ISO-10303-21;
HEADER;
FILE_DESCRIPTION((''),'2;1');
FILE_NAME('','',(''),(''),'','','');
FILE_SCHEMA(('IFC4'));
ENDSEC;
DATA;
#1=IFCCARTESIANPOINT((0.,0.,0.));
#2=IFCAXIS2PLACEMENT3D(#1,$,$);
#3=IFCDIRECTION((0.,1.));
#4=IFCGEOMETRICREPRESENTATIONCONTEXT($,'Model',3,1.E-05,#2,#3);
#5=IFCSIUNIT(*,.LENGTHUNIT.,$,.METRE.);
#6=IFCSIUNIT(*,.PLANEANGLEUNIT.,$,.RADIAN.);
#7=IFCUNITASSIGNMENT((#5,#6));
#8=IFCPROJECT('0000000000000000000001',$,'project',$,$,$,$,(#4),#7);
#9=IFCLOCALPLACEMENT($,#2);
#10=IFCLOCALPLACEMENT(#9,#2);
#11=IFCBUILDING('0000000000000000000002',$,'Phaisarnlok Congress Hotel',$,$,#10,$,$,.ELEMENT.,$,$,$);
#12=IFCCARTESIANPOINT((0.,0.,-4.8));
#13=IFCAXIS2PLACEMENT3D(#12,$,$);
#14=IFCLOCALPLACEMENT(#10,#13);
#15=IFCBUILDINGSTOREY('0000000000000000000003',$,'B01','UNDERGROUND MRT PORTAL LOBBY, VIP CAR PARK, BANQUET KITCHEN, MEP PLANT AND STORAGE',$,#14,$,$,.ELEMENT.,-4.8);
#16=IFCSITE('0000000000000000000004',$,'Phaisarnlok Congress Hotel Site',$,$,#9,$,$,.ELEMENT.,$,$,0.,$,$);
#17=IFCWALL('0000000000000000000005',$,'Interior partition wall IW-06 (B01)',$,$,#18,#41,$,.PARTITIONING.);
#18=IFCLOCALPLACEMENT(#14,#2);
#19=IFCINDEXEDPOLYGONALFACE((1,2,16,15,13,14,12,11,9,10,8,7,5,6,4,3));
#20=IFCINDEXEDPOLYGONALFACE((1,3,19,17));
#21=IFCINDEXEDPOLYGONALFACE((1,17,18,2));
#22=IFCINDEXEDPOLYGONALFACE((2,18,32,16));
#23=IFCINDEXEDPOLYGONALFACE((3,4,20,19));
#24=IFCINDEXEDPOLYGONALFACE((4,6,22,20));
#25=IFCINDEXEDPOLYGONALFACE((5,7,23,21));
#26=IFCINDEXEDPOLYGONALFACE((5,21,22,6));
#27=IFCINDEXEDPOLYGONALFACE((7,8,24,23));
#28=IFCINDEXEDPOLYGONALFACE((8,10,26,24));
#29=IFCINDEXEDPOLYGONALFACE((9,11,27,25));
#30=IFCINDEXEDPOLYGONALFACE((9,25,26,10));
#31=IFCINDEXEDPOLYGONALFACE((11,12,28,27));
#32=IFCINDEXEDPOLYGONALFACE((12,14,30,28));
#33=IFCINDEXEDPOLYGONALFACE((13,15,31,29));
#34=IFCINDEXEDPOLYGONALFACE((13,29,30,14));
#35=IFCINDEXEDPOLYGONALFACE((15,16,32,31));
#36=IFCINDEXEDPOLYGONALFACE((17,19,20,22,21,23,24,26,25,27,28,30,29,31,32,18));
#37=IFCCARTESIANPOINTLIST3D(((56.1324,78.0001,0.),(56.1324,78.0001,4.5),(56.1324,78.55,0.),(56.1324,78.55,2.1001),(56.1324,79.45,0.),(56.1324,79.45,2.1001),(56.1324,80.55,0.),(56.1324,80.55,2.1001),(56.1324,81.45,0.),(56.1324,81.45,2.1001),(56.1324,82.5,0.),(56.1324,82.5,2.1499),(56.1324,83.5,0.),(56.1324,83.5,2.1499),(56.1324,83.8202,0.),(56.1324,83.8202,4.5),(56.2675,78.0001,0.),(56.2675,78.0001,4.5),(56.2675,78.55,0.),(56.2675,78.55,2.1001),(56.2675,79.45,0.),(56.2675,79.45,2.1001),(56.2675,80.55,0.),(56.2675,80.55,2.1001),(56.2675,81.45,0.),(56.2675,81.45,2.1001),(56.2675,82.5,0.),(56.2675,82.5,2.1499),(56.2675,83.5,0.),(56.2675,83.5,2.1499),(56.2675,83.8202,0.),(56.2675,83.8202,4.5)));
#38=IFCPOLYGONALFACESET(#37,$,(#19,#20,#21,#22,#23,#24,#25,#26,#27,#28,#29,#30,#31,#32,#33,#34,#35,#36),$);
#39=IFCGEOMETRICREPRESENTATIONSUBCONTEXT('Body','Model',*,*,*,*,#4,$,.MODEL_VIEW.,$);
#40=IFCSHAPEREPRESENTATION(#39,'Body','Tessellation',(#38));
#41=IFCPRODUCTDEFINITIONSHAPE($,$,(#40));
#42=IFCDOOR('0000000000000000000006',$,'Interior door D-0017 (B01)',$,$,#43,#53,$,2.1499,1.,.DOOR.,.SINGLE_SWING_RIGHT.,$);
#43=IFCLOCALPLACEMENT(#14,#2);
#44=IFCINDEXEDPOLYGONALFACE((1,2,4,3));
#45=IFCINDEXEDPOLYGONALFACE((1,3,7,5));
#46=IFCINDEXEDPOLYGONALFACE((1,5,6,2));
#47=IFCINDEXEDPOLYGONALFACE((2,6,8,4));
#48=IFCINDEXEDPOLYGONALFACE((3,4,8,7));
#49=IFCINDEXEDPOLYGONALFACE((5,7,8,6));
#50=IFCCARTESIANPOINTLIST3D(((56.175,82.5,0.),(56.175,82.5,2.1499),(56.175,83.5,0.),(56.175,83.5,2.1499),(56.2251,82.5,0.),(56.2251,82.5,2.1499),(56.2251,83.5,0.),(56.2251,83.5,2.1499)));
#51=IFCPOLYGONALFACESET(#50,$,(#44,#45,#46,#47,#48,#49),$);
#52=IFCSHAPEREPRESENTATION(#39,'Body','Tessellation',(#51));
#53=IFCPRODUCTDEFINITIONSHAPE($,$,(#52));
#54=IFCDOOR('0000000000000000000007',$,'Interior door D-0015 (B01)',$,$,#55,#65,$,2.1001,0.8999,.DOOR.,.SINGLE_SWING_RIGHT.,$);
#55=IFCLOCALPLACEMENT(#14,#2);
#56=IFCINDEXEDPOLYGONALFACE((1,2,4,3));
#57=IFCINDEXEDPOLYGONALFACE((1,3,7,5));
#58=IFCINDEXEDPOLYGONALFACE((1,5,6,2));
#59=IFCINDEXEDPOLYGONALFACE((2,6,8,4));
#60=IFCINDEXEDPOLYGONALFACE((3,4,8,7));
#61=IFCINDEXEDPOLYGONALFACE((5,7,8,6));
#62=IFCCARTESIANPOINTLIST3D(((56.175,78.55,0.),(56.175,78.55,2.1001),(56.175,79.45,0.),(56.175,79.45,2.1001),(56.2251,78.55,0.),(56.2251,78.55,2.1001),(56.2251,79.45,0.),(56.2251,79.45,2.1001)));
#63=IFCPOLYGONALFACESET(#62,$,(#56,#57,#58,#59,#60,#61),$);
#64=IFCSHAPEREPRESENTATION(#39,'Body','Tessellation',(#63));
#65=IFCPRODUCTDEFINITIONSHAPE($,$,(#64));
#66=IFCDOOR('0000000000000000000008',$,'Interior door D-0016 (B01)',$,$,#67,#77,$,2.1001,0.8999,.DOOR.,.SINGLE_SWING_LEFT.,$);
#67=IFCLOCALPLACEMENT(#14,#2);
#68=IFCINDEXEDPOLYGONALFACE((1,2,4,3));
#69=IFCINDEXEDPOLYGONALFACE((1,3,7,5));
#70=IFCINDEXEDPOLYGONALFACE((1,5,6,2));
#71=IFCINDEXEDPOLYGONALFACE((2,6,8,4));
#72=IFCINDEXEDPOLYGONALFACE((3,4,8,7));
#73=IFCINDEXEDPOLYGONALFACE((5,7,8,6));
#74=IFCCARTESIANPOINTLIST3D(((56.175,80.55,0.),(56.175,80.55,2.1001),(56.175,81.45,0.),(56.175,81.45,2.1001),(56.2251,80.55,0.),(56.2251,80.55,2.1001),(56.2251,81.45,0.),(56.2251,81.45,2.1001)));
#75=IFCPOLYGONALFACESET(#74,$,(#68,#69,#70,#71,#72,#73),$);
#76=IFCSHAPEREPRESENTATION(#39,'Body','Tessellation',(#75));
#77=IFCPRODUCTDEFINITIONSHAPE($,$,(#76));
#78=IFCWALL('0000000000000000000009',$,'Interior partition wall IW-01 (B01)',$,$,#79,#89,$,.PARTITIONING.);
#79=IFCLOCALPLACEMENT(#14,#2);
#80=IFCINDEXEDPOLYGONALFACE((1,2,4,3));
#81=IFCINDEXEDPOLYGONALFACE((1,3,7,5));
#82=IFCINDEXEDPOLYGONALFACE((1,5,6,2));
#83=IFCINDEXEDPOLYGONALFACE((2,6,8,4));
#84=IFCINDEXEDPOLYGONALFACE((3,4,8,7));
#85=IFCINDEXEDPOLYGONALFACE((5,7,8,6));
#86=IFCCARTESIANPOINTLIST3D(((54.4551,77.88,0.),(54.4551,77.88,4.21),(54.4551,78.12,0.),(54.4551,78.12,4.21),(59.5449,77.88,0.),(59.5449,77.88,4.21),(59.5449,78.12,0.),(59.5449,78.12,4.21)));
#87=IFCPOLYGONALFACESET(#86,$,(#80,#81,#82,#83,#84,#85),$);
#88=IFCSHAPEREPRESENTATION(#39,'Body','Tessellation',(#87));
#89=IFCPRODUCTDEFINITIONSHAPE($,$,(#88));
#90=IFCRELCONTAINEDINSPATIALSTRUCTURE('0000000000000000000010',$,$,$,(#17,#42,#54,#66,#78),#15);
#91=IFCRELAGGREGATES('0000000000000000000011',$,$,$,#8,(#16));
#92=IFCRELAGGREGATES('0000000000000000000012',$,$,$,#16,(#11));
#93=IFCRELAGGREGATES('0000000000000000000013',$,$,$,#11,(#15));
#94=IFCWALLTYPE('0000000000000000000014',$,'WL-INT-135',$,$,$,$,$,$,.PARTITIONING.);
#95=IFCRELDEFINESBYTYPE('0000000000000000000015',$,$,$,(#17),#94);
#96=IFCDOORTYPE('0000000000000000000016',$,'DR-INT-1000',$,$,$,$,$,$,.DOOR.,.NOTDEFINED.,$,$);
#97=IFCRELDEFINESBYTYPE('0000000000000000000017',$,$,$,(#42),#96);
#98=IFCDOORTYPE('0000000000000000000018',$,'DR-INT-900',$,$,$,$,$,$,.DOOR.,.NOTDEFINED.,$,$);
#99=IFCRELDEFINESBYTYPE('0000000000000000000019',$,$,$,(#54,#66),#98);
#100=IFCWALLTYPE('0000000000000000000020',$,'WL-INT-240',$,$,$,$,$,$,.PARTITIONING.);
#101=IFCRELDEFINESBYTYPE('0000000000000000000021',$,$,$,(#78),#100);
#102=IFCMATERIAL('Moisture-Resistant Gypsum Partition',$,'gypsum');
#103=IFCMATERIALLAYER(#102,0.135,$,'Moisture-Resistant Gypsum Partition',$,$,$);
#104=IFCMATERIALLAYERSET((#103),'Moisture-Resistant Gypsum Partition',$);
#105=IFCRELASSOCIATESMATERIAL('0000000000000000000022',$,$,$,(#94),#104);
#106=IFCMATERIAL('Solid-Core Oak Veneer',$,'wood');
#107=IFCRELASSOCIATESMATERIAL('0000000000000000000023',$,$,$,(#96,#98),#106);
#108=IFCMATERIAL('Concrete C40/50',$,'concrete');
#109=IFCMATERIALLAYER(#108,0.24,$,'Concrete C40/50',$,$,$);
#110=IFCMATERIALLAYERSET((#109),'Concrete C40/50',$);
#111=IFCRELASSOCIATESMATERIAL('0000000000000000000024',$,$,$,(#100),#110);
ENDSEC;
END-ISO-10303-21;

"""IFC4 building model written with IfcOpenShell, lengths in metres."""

from ifc_helpers import new_model, si_unit, direction, frame, frame_2d, origin, place, context, subcontext, project, spatial, rectangle, extrude, material, layer, layer_set, type_object, element, fill, save


model = new_model("IFC4")

# Units and contexts
model_context = context("Model", 3, precision=1e-05, world=origin(), true_north=direction((0.0, 1.0)))
body_context = subcontext(model_context, "Body", "Model", "MODEL_VIEW")
ifc_project = project(units=[si_unit("LENGTHUNIT", "METRE"), si_unit("PLANEANGLEUNIT", "RADIAN")], contexts=[model_context])

# Site, building, storey
site_placement = place(None, origin())
site = spatial("IfcSite", under=ifc_project, at=site_placement, Name="Phaisarnlok Congress Hotel Site", CompositionType="ELEMENT", RefElevation=0.0)
building_placement = place(site_placement, origin())
building = spatial("IfcBuilding", under=site, at=building_placement, Name="Phaisarnlok Congress Hotel", CompositionType="ELEMENT")
storey_placement = place(building_placement, frame((0.0, 0.0, -4.8)))
storey = spatial("IfcBuildingStorey", under=building, at=storey_placement, Name="B01", Description="UNDERGROUND MRT PORTAL LOBBY, VIP CAR PARK, BANQUET KITCHEN, MEP PLANT AND STORAGE", CompositionType="ELEMENT", Elevation=-4.8)

# Shared definitions
ifc_material_1 = material(Name="Concrete C40/50", Category="concrete")

# Wall, openings, doors
ifc_material_2 = material(Name="Moisture-Resistant Gypsum Partition", Category="gypsum")
ifc_layer_1 = layer(ifc_material_2, 0.135, Name="Moisture-Resistant Gypsum Partition")
ifc_layer_set_1 = layer_set([ifc_layer_1], Name="Moisture-Resistant Gypsum Partition")
wall_type_1 = type_object("IfcWallType", Name="WL-INT-135", PredefinedType="PARTITIONING", material=ifc_layer_set_1)
wall_1_placement = place(storey_placement, frame((56.2, 78.0, 0.0), z_axis=(0.0, 0.0, 1.0), x_axis=(0.0, 1.0, 0.0)))
wall_1 = element("IfcWall", 1, at=wall_1_placement, inside=storey, type_object=wall_type_1, Name="Interior partition wall IW-06 (B01)", PredefinedType="PARTITIONING", context=body_context, shape_type="SweptSolid", body=[
    extrude(rectangle(XDim=5.8201, YDim=0.135, at=frame_2d((2.9102, 0.0))), origin(), (0.0, 0.0, 1.0), 4.5),
])
opening_1_placement = place(wall_1_placement, frame((0.55, 0.0, 0.0)))
opening_1 = element("IfcOpeningElement", 2, at=opening_1_placement, cuts=wall_1, PredefinedType="OPENING", context=body_context, shape_type="SweptSolid", body=[
    extrude(rectangle(XDim=0.8999, YDim=2.1001, at=frame_2d((0.45, 1.05))), frame((0.0, 0.0776, 0.0), z_axis=(0.0, -1.0, 0.0), x_axis=(1.0, 0.0, 0.0)), (0.0, 0.0, 1.0), 0.155),
])
opening_2_placement = place(wall_1_placement, frame((2.55, 0.0, 0.0)))
opening_2 = element("IfcOpeningElement", 3, at=opening_2_placement, cuts=wall_1, PredefinedType="OPENING", context=body_context, shape_type="SweptSolid", body=[
    extrude(rectangle(XDim=0.8999, YDim=2.1001, at=frame_2d((0.45, 1.05))), frame((0.0, 0.0776, 0.0), z_axis=(0.0, -1.0, 0.0), x_axis=(1.0, 0.0, 0.0)), (0.0, 0.0, 1.0), 0.155),
])
opening_3_placement = place(wall_1_placement, frame((4.5, 0.0, 0.0)))
opening_3 = element("IfcOpeningElement", 4, at=opening_3_placement, cuts=wall_1, PredefinedType="OPENING", context=body_context, shape_type="SweptSolid", body=[
    extrude(rectangle(XDim=1.0, YDim=2.1499, at=frame_2d((0.5, 1.075))), frame((0.0, 0.0776, 0.0), z_axis=(0.0, -1.0, 0.0), x_axis=(1.0, 0.0, 0.0)), (0.0, 0.0, 1.0), 0.155),
])
ifc_material_3 = material(Name="Solid-Core Oak Veneer", Category="wood")
door_type_1 = type_object("IfcDoorType", Name="DR-INT-1000", OperationType="NOTDEFINED", PredefinedType="DOOR", material=ifc_material_3)
door_1_placement = place(opening_3_placement, origin())
door_1 = element("IfcDoor", 5, at=door_1_placement, inside=storey, type_object=door_type_1, Name="Interior door D-0017 (B01)", OperationType="SINGLE_SWING_RIGHT", OverallHeight=2.1499, OverallWidth=1.0, PredefinedType="DOOR", context=body_context, shape_type="SweptSolid", body=[
    extrude(rectangle(XDim=1.0, YDim=2.1499, at=frame_2d((0.5, 1.075))), frame((0.0, 0.0249, 0.0), z_axis=(0.0, -1.0, 0.0), x_axis=(1.0, 0.0, 0.0)), (0.0, 0.0, 1.0), 0.05),
])
fill(opening_3, door_1)
door_type_2 = type_object("IfcDoorType", Name="DR-INT-900", OperationType="NOTDEFINED", PredefinedType="DOOR", material=ifc_material_3)
door_2_placement = place(opening_1_placement, origin())
door_2 = element("IfcDoor", 6, at=door_2_placement, inside=storey, type_object=door_type_2, Name="Interior door D-0015 (B01)", OperationType="SINGLE_SWING_RIGHT", OverallHeight=2.1001, OverallWidth=0.8999, PredefinedType="DOOR", context=body_context, shape_type="SweptSolid", body=[
    extrude(rectangle(XDim=0.8999, YDim=2.1001, at=frame_2d((0.45, 1.05))), frame((0.0, 0.0249, 0.0), z_axis=(0.0, -1.0, 0.0), x_axis=(1.0, 0.0, 0.0)), (0.0, 0.0, 1.0), 0.05),
])
fill(opening_1, door_2)
door_3_placement = place(opening_2_placement, origin())
door_3 = element("IfcDoor", 7, at=door_3_placement, inside=storey, type_object=door_type_2, Name="Interior door D-0016 (B01)", OperationType="SINGLE_SWING_LEFT", OverallHeight=2.1001, OverallWidth=0.8999, PredefinedType="DOOR", context=body_context, shape_type="SweptSolid", body=[
    extrude(rectangle(XDim=0.8999, YDim=2.1001, at=frame_2d((0.45, 1.05))), frame((0.0, 0.0249, 0.0), z_axis=(0.0, -1.0, 0.0), x_axis=(1.0, 0.0, 0.0)), (0.0, 0.0, 1.0), 0.05),
])
fill(opening_2, door_3)

# Shared definitions
ifc_layer_2 = layer(ifc_material_1, 0.24, Name="Concrete C40/50")
ifc_layer_set_2 = layer_set([ifc_layer_2], Name="Concrete C40/50")
wall_type_2 = type_object("IfcWallType", Name="WL-INT-240", PredefinedType="PARTITIONING", material=ifc_layer_set_2)

# Wall
wall_2_placement = place(storey_placement, frame((54.4551, 78.0, 0.0), z_axis=(0.0, 0.0, 1.0), x_axis=(1.0, 0.0, 0.0)))
element("IfcWall", 8, at=wall_2_placement, inside=storey, type_object=wall_type_2, Name="Interior partition wall IW-01 (B01)", PredefinedType="PARTITIONING", context=body_context, shape_type="SweptSolid", body=[
    extrude(rectangle(XDim=5.0898, YDim=0.24, at=frame_2d((2.5449, 0.0))), origin(), (0.0, 0.0, 1.0), 4.21),
])

save(model, "model.ifc")
